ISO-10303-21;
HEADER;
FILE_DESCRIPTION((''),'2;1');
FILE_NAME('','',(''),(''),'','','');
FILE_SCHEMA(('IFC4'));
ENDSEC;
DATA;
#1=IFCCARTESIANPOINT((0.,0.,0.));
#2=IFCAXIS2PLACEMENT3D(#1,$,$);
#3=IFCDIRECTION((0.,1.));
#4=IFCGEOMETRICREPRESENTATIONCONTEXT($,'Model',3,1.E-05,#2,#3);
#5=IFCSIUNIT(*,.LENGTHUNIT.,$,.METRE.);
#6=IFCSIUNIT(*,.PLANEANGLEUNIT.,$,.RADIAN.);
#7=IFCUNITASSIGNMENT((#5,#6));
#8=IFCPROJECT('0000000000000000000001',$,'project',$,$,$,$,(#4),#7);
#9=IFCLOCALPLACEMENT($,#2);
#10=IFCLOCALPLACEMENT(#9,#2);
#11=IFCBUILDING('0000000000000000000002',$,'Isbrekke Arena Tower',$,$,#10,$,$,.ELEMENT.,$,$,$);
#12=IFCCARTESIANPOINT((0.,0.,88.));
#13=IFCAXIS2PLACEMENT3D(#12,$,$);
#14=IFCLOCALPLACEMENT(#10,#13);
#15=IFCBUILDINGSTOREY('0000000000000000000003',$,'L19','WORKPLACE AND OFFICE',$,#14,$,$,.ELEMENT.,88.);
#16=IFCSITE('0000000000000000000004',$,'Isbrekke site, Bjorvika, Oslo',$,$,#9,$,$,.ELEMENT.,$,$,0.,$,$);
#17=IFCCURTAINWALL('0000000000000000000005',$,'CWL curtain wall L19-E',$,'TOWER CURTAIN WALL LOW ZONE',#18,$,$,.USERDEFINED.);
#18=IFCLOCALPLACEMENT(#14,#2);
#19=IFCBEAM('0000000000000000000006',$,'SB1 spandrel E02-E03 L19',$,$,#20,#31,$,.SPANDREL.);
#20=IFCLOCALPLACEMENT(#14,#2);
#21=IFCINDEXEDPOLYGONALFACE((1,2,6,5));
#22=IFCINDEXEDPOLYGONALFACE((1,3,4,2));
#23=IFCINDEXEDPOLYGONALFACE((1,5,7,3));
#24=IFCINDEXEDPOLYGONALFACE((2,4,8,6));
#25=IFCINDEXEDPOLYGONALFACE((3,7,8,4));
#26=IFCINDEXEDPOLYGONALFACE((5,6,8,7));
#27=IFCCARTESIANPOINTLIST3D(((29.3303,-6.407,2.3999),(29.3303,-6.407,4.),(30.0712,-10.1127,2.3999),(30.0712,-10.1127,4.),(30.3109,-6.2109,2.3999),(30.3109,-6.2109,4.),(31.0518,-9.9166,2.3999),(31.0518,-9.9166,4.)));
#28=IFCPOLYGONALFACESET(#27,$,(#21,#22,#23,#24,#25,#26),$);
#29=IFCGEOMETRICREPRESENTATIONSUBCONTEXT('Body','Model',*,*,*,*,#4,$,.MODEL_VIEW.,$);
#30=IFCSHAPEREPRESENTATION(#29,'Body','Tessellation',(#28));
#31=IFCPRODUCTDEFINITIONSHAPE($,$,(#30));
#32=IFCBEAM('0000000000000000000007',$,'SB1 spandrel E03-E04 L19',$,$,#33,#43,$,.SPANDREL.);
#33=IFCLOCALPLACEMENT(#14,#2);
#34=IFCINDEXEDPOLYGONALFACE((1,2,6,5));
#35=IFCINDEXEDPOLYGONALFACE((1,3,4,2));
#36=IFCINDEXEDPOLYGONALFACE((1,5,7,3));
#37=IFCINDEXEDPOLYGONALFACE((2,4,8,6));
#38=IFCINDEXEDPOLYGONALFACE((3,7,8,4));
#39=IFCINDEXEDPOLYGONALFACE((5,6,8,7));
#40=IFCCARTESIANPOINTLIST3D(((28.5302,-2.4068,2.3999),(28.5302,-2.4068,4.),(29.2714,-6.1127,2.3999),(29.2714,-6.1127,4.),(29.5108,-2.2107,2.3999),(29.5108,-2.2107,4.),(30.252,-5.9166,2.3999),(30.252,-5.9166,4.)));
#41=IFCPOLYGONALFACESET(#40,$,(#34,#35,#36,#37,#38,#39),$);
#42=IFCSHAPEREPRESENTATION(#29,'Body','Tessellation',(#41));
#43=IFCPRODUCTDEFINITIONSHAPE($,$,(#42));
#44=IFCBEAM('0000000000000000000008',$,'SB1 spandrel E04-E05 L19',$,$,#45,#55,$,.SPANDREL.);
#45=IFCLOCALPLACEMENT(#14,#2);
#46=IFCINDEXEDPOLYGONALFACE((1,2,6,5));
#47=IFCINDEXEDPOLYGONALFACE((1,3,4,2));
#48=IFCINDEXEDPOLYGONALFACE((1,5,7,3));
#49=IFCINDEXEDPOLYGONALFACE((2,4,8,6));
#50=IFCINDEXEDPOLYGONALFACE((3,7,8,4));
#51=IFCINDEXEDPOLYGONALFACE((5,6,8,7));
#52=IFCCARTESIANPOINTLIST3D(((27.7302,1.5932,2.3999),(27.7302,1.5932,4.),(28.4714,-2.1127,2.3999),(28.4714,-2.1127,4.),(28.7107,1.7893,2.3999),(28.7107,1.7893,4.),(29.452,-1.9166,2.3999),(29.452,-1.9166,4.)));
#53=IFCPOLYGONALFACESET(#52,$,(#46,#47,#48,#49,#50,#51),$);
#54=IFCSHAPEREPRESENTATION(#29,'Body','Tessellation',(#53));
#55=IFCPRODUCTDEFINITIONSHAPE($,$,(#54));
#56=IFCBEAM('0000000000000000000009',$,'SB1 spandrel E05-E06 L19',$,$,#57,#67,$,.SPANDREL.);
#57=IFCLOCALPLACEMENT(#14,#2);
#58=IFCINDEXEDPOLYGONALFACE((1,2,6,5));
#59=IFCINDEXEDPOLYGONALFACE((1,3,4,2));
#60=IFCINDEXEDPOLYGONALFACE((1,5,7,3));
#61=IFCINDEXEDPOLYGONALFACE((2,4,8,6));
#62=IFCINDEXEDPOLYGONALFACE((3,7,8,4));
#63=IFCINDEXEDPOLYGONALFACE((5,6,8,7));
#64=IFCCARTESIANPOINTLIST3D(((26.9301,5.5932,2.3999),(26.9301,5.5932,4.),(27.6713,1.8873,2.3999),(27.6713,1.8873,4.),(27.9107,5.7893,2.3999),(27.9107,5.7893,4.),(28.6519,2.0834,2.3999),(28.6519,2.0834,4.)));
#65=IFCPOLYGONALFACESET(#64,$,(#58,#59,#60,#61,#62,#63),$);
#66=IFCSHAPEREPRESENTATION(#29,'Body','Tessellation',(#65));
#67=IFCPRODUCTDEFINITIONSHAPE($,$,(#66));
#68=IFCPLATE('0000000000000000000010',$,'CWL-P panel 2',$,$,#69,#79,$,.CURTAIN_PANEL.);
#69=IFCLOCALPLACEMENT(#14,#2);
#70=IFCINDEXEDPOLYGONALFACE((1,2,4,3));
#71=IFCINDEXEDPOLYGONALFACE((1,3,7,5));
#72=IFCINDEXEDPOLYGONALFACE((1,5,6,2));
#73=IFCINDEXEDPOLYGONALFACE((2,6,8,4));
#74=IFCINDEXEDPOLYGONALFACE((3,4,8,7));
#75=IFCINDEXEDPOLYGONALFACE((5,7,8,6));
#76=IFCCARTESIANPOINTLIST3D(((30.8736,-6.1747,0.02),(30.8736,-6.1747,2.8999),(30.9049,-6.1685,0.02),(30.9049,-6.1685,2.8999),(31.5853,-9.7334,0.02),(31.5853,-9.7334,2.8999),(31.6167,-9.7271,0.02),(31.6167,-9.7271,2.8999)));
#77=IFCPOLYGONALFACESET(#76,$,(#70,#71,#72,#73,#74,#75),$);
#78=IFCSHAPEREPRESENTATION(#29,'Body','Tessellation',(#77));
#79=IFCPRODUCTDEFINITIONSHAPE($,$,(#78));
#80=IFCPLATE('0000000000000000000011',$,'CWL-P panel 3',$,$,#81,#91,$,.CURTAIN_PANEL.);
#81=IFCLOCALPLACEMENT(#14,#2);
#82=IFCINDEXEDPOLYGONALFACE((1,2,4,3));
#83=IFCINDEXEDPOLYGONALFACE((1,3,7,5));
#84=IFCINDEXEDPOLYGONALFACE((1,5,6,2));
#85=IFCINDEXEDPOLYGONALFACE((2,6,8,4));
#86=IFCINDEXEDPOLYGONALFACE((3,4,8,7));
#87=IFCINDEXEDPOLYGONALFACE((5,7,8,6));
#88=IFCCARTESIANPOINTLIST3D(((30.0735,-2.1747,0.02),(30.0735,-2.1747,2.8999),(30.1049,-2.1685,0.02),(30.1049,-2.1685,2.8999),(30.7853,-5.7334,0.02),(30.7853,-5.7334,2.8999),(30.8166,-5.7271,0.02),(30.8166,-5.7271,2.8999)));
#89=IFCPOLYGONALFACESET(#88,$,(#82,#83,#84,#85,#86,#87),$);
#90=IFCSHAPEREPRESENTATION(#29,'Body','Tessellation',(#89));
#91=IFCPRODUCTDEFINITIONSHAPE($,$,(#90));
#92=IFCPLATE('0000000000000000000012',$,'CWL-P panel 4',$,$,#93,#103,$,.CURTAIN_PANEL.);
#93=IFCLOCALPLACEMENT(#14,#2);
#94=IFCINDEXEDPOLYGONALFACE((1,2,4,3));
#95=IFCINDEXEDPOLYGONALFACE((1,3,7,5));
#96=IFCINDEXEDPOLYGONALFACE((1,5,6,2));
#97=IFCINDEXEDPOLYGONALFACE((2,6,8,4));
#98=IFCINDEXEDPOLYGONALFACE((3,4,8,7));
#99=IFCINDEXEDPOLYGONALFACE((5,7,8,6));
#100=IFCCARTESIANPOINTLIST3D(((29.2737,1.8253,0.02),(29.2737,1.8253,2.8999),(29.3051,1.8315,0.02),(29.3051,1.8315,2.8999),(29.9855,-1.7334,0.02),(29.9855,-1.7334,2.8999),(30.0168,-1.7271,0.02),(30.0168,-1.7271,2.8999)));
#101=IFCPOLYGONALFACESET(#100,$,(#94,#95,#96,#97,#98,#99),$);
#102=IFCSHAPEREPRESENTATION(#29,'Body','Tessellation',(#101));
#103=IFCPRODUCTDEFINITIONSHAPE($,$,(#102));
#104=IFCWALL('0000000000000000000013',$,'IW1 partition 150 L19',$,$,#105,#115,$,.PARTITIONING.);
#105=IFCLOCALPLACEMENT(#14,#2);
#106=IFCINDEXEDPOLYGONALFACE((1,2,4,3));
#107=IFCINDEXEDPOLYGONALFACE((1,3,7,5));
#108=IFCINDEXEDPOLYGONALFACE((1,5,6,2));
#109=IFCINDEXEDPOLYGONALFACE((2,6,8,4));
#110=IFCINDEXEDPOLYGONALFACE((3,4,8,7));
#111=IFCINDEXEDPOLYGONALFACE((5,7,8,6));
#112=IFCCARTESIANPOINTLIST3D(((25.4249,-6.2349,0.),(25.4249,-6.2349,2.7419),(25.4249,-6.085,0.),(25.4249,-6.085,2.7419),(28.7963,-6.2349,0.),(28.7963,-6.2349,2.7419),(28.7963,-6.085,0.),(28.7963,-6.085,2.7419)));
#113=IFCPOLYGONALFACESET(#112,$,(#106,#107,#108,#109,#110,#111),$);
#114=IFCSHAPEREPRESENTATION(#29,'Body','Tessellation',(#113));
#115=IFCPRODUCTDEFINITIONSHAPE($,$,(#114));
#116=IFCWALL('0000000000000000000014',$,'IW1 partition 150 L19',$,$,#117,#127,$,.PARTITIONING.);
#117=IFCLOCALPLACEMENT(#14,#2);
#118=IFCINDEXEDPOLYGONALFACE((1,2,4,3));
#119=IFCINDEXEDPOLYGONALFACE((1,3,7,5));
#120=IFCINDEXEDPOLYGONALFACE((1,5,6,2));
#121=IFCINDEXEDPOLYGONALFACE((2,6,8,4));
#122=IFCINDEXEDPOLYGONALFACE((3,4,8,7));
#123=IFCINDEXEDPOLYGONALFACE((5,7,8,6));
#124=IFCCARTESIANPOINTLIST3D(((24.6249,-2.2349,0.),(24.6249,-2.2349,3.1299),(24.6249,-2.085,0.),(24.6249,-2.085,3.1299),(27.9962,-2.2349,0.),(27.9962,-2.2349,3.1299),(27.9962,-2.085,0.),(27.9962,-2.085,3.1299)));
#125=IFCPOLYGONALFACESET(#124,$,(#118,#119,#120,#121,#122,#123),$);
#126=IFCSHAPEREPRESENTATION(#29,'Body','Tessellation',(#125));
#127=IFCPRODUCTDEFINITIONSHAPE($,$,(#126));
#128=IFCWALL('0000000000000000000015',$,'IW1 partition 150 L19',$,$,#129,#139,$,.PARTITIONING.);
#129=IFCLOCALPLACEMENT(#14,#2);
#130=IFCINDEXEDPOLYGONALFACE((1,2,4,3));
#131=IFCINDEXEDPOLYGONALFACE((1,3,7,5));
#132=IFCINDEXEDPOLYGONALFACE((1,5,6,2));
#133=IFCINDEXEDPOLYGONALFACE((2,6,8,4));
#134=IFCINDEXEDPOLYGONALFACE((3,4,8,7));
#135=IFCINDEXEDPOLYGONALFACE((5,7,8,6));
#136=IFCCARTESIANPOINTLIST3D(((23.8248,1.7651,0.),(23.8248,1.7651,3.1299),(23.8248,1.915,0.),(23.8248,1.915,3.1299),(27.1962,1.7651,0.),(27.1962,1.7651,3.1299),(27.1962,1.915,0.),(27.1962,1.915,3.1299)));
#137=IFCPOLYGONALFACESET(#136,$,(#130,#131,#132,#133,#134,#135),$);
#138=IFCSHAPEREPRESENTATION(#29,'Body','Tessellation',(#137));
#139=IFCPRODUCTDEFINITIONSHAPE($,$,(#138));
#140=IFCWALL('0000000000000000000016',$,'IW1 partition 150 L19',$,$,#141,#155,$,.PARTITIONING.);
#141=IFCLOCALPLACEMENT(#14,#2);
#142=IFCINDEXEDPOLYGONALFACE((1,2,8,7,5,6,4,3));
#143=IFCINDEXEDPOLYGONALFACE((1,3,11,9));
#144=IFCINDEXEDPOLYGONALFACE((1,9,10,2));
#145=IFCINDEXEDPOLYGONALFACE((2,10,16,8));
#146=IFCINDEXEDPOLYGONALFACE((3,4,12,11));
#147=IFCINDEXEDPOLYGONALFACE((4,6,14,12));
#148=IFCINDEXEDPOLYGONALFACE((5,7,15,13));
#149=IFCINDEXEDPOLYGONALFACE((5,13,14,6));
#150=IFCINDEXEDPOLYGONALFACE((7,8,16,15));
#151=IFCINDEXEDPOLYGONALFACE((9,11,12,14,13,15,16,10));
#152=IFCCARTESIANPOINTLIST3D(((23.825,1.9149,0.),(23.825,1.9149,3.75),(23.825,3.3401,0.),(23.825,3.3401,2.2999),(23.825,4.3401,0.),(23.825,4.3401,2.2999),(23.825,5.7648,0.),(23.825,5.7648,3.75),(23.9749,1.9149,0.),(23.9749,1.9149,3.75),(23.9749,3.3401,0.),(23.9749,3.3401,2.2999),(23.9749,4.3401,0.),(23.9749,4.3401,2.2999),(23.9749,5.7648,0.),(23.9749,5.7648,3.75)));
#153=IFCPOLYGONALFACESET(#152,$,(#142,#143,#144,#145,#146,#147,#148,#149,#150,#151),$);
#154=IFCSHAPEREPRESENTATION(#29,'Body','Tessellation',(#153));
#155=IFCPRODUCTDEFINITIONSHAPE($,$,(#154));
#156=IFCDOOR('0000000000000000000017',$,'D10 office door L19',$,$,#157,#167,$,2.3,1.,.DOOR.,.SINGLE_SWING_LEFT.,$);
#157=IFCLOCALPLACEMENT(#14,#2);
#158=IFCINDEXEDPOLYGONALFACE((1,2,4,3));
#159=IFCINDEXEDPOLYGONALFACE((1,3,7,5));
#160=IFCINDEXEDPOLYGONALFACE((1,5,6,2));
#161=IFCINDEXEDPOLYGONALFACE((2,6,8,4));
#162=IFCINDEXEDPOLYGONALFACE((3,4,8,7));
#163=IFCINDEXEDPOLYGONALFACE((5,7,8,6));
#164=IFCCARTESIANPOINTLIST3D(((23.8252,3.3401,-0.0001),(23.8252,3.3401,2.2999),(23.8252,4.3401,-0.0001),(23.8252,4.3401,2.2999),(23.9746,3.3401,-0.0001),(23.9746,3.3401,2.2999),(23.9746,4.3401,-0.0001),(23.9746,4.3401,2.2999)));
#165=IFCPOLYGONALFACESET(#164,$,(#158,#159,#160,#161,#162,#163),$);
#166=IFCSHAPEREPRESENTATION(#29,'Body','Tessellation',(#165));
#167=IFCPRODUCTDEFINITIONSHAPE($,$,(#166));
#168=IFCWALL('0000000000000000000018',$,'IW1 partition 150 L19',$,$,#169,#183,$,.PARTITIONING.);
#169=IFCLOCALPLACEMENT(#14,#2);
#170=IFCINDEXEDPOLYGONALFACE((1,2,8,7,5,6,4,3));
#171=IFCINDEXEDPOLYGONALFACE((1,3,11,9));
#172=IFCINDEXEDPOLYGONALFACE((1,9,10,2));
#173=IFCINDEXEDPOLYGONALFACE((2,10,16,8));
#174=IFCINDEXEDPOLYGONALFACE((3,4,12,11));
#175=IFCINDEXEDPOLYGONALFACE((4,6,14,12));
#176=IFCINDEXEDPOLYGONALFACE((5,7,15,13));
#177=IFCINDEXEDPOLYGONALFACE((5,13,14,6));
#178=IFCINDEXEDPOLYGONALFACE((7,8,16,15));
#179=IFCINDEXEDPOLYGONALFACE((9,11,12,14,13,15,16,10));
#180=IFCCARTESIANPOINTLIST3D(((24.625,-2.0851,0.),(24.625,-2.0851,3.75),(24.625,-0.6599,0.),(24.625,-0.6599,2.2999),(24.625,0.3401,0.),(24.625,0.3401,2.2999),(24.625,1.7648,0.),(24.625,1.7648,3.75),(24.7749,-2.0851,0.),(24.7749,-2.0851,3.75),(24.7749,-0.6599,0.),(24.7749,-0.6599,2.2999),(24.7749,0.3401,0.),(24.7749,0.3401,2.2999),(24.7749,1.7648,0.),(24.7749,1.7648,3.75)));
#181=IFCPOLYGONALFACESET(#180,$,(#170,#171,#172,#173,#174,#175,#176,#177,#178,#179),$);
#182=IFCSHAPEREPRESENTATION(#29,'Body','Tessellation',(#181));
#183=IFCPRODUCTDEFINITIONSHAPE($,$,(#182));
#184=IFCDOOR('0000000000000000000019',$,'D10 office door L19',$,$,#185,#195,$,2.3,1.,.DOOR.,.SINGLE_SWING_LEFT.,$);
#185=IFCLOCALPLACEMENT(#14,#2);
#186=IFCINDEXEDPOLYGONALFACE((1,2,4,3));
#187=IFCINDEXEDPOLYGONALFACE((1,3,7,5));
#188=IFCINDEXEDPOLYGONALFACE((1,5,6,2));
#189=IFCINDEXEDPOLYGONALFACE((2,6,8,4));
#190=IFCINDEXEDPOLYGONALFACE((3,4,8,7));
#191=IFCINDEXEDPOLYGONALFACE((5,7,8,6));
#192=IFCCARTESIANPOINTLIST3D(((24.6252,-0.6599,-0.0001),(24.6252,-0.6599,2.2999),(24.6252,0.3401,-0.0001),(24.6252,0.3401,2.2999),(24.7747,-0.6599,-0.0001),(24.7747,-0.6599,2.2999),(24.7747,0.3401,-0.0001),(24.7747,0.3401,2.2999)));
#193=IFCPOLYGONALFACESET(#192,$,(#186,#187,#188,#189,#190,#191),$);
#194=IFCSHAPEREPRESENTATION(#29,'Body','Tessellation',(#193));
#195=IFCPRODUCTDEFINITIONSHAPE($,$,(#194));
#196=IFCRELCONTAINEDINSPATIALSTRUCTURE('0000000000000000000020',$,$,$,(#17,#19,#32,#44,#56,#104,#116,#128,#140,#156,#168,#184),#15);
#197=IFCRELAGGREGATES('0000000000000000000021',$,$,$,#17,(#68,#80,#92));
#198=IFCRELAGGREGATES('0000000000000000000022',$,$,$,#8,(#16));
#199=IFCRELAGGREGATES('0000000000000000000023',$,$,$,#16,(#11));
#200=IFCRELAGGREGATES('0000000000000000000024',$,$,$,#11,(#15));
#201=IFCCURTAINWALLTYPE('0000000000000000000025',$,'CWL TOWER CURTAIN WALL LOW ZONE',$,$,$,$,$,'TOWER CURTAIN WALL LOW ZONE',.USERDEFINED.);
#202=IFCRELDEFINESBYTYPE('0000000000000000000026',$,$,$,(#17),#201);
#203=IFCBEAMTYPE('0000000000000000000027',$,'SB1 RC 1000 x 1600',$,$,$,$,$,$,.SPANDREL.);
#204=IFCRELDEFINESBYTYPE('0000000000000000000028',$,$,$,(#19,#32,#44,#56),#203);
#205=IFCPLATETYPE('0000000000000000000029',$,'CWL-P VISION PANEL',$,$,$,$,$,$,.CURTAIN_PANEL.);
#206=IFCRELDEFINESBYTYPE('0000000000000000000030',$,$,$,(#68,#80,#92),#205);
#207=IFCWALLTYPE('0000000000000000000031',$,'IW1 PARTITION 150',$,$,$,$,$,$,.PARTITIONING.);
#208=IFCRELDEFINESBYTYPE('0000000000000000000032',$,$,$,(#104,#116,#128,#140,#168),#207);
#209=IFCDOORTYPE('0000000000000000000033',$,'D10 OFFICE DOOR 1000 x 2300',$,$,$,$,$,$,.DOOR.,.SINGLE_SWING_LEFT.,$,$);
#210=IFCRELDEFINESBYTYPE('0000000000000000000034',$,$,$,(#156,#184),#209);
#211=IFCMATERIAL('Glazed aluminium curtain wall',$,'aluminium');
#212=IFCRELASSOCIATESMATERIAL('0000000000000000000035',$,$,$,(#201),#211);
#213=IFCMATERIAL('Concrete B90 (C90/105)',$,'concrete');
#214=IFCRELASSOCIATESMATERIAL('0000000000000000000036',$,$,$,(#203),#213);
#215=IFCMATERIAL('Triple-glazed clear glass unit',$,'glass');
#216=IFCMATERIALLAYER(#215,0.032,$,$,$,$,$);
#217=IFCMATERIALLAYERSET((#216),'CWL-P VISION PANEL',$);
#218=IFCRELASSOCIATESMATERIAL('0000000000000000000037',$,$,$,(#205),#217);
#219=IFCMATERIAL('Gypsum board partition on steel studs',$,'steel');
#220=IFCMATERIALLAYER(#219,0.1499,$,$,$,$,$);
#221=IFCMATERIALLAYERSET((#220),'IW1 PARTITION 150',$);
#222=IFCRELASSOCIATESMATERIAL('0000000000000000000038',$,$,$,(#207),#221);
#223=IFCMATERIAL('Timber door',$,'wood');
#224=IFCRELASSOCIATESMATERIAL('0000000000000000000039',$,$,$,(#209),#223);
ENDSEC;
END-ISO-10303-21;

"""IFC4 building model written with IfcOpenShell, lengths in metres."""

from ifc_helpers import new_model, si_unit, direction, frame, frame_2d, origin, origin_2d, place, context, subcontext, project, spatial, rectangle, extrude, material, layer, layer_set, material_profile, profile_set, type_object, element, fill, aggregate, save


model = new_model("IFC4")

# Units and contexts
model_context = context("Model", 3, precision=1e-05, world=origin(), true_north=direction((0.0, 1.0)))
body_context = subcontext(model_context, "Body", "Model", "MODEL_VIEW")
ifc_project = project(units=[si_unit("LENGTHUNIT", "METRE"), si_unit("PLANEANGLEUNIT", "RADIAN")], contexts=[model_context])

# Site, building, storey
site_placement = place(None, origin())
site = spatial("IfcSite", under=ifc_project, at=site_placement, Name="Isbrekke site, Bjorvika, Oslo", CompositionType="ELEMENT", RefElevation=0.0)
building_placement = place(site_placement, origin())
building = spatial("IfcBuilding", under=site, at=building_placement, Name="Isbrekke Arena Tower", CompositionType="ELEMENT")
storey_placement = place(building_placement, frame((0.0, 0.0, 88.0)))
storey = spatial("IfcBuildingStorey", under=building, at=storey_placement, Name="L19", Description="WORKPLACE AND OFFICE", CompositionType="ELEMENT", Elevation=88.0)

# Curtain wall
ifc_material_1 = material(Name="Glazed aluminium curtain wall", Category="aluminium")
curtain_wall_type = type_object("IfcCurtainWallType", Name="CWL TOWER CURTAIN WALL LOW ZONE", ElementType="TOWER CURTAIN WALL LOW ZONE", PredefinedType="USERDEFINED", material=ifc_material_1)
curtain_wall_placement = place(storey_placement, origin())
curtain_wall = element("IfcCurtainWall", 1, at=curtain_wall_placement, inside=storey, type_object=curtain_wall_type, Name="CWL curtain wall L19-E", ObjectType="TOWER CURTAIN WALL LOW ZONE", PredefinedType="USERDEFINED")

# Beams
ifc_material_2 = material(Name="Concrete B90 (C90/105)", Category="concrete")
ifc_material_profile_1 = material_profile(ifc_material_2, rectangle(XDim=1.0, YDim=1.6001, at=origin_2d()), Name="RC 1000x1600")
ifc_profile_set_1 = profile_set([ifc_material_profile_1], Name="Concrete B90 (C90/105)")
beam_type_1 = type_object("IfcBeamType", Name="SB1 RC 1000 x 1600", PredefinedType="SPANDREL", material=ifc_profile_set_1)
beam_1_placement = place(storey_placement, frame((30.5615, -10.0146, 3.2), z_axis=(-0.196066, 0.980591, 0.0), x_axis=(-0.980591, -0.196066, 0.0)))
element("IfcBeam", 2, at=beam_1_placement, inside=storey, type_object=beam_type_1, Name="SB1 spandrel E02-E03 L19", PredefinedType="SPANDREL", context=body_context, shape_type="SweptSolid", body=[
    extrude(rectangle(XDim=1.0, YDim=1.6001, at=origin_2d()), origin(), (0.0, 0.0, 1.0), 3.7791),
])
for number, where, z_axis, x_axis, name in (
    (3, (29.7617, -6.0146, 3.2), (-0.196129, 0.980578, 0.0), (-0.980578, -0.196129, 0.0), "SB1 spandrel E03-E04 L19"),
    (4, (28.9617, -2.0146, 3.2), (-0.196129, 0.980578, 0.0), (-0.980578, -0.196129, 0.0), "SB1 spandrel E04-E05 L19"),
    (5, (28.1616, 1.9854, 3.2), (-0.196129, 0.980578, 0.0), (-0.980578, -0.196129, 0.0), "SB1 spandrel E05-E06 L19"),
):
    element("IfcBeam", number, at=place(storey_placement, frame(where, z_axis=z_axis, x_axis=x_axis)), inside=storey, type_object=beam_type_1, Name=name, PredefinedType="SPANDREL", context=body_context, shape_type="SweptSolid", body=[
        extrude(rectangle(XDim=1.0, YDim=1.6001, at=origin_2d()), origin(), (0.0, 0.0, 1.0), 3.7793),
    ])

# Plates
ifc_material_3 = material(Name="Triple-glazed clear glass unit", Category="glass")
ifc_layer_1 = layer(ifc_material_3, 0.032)
ifc_layer_set_1 = layer_set([ifc_layer_1], Name="CWL-P VISION PANEL")
plate_type = type_object("IfcPlateType", Name="CWL-P VISION PANEL", PredefinedType="CURTAIN_PANEL", material=ifc_layer_set_1)
plate_1_placement = place(storey_placement, frame((31.2451, -7.9509, 0.02), z_axis=(0.0, 0.0, 1.0), x_axis=(-0.196116, 0.980581, 0.0)))
plate_1 = element("IfcPlate", 6, at=plate_1_placement, type_object=plate_type, Name="CWL-P panel 2", PredefinedType="CURTAIN_PANEL", context=body_context, shape_type="SweptSolid", body=[
    extrude(rectangle(XDim=3.6292, YDim=0.032, at=origin_2d()), origin(), (0.0, 0.0, 1.0), 2.8799),
])
plate_2_placement = place(storey_placement, frame((30.4451, -3.9509, 0.02), z_axis=(0.0, 0.0, 1.0), x_axis=(-0.196116, 0.980581, 0.0)))
plate_2 = element("IfcPlate", 7, at=plate_2_placement, type_object=plate_type, Name="CWL-P panel 3", PredefinedType="CURTAIN_PANEL", context=body_context, shape_type="SweptSolid", body=[
    extrude(rectangle(XDim=3.6292, YDim=0.032, at=origin_2d()), origin(), (0.0, 0.0, 1.0), 2.8799),
])
plate_3_placement = place(storey_placement, frame((29.6453, 0.0491, 0.02), z_axis=(0.0, 0.0, 1.0), x_axis=(-0.196116, 0.980581, 0.0)))
plate_3 = element("IfcPlate", 8, at=plate_3_placement, type_object=plate_type, Name="CWL-P panel 4", PredefinedType="CURTAIN_PANEL", context=body_context, shape_type="SweptSolid", body=[
    extrude(rectangle(XDim=3.6292, YDim=0.032, at=origin_2d()), origin(), (0.0, 0.0, 1.0), 2.8799),
])
aggregate(curtain_wall, [plate_1, plate_2, plate_3])

# Walls
ifc_material_4 = material(Name="Gypsum board partition on steel studs", Category="steel")
ifc_layer_2 = layer(ifc_material_4, 0.1499)
ifc_layer_set_2 = layer_set([ifc_layer_2], Name="IW1 PARTITION 150")
wall_type = type_object("IfcWallType", Name="IW1 PARTITION 150", PredefinedType="PARTITIONING", material=ifc_layer_set_2)
wall_1_placement = place(storey_placement, frame((25.425, -6.1599, 0.0), z_axis=(0.0, 0.0, 1.0), x_axis=(1.0, 0.0, 0.0)))
element("IfcWall", 9, at=wall_1_placement, inside=storey, type_object=wall_type, Name="IW1 partition 150 L19", PredefinedType="PARTITIONING", context=body_context, shape_type="SweptSolid", body=[
    extrude(rectangle(XDim=3.3713, YDim=0.1499, at=frame_2d((1.6855, 0.0))), origin(), (0.0, 0.0, 1.0), 2.7419),
])
for number, where, z_axis, x_axis, name in (
    (10, (24.625, -2.1599, 0.0), (0.0, 0.0, 1.0), (1.0, 0.0, 0.0), "IW1 partition 150 L19"),
    (11, (23.825, 1.8401, 0.0), (0.0, 0.0, 1.0), (1.0, 0.0, 0.0), "IW1 partition 150 L19"),
):
    element("IfcWall", number, at=place(storey_placement, frame(where, z_axis=z_axis, x_axis=x_axis)), inside=storey, type_object=wall_type, Name=name, PredefinedType="PARTITIONING", context=body_context, shape_type="SweptSolid", body=[
        extrude(rectangle(XDim=3.3713, YDim=0.1499, at=frame_2d((1.6855, 0.0))), origin(), (0.0, 0.0, 1.0), 3.1299),
    ])

# Walls, openings, doors
wall_2_placement = place(storey_placement, frame((23.8999, 1.915, 0.0), z_axis=(0.0, 0.0, 1.0), x_axis=(0.0, 1.0, 0.0)))
wall_2 = element("IfcWall", 12, at=wall_2_placement, inside=storey, type_object=wall_type, Name="IW1 partition 150 L19", PredefinedType="PARTITIONING", context=body_context, shape_type="SweptSolid", body=[
    extrude(rectangle(XDim=3.8499, YDim=0.1499, at=frame_2d((1.9248, 0.0))), origin(), (0.0, 0.0, 1.0), 3.75),
])
opening_1_placement = place(wall_2_placement, frame((1.425, 0.0, 0.0)))
opening_1 = element("IfcOpeningElement", 13, at=opening_1_placement, cuts=wall_2, PredefinedType="OPENING", context=body_context, shape_type="SweptSolid", body=[
    extrude(rectangle(XDim=1.0, YDim=2.3, at=frame_2d((0.5, 1.1499))), frame((0.0, 0.0898, 0.0), z_axis=(0.0, -1.0, 0.0), x_axis=(1.0, 0.0, 0.0)), (0.0, 0.0, 1.0), 0.1797),
])
ifc_material_5 = material(Name="Timber door", Category="wood")
door_type = type_object("IfcDoorType", Name="D10 OFFICE DOOR 1000 x 2300", OperationType="SINGLE_SWING_LEFT", PredefinedType="DOOR", material=ifc_material_5)
door_1_placement = place(opening_1_placement, origin())
door_1 = element("IfcDoor", 14, at=door_1_placement, inside=storey, type_object=door_type, Name="D10 office door L19", OperationType="SINGLE_SWING_LEFT", OverallHeight=2.3, OverallWidth=1.0, PredefinedType="DOOR", context=body_context, shape_type="SweptSolid", body=[
    extrude(rectangle(XDim=1.0, YDim=2.3, at=frame_2d((0.5, 1.1499))), frame((0.0, 0.0747, 0.0), z_axis=(0.0, -1.0, 0.0), x_axis=(1.0, 0.0, 0.0)), (0.0, 0.0, 1.0), 0.1494),
])
fill(opening_1, door_1)
wall_3_placement = place(storey_placement, frame((24.7, -2.085, 0.0), z_axis=(0.0, 0.0, 1.0), x_axis=(0.0, 1.0, 0.0)))
wall_3 = element("IfcWall", 15, at=wall_3_placement, inside=storey, type_object=wall_type, Name="IW1 partition 150 L19", PredefinedType="PARTITIONING", context=body_context, shape_type="SweptSolid", body=[
    extrude(rectangle(XDim=3.8499, YDim=0.1499, at=frame_2d((1.9248, 0.0))), origin(), (0.0, 0.0, 1.0), 3.75),
])
opening_2_placement = place(wall_3_placement, frame((1.425, 0.0, 0.0)))
opening_2 = element("IfcOpeningElement", 16, at=opening_2_placement, cuts=wall_3, PredefinedType="OPENING", context=body_context, shape_type="SweptSolid", body=[
    extrude(rectangle(XDim=1.0, YDim=2.3, at=frame_2d((0.5, 1.1499))), frame((0.0, 0.0898, 0.0), z_axis=(0.0, -1.0, 0.0), x_axis=(1.0, 0.0, 0.0)), (0.0, 0.0, 1.0), 0.1797),
])
door_2_placement = place(opening_2_placement, origin())
door_2 = element("IfcDoor", 17, at=door_2_placement, inside=storey, type_object=door_type, Name="D10 office door L19", OperationType="SINGLE_SWING_LEFT", OverallHeight=2.3, OverallWidth=1.0, PredefinedType="DOOR", context=body_context, shape_type="SweptSolid", body=[
    extrude(rectangle(XDim=1.0, YDim=2.3, at=frame_2d((0.5, 1.1499))), frame((0.0, 0.0747, 0.0), z_axis=(0.0, -1.0, 0.0), x_axis=(1.0, 0.0, 0.0)), (0.0, 0.0, 1.0), 0.1494),
])
fill(opening_2, door_2)

save(model, "model.ifc")
